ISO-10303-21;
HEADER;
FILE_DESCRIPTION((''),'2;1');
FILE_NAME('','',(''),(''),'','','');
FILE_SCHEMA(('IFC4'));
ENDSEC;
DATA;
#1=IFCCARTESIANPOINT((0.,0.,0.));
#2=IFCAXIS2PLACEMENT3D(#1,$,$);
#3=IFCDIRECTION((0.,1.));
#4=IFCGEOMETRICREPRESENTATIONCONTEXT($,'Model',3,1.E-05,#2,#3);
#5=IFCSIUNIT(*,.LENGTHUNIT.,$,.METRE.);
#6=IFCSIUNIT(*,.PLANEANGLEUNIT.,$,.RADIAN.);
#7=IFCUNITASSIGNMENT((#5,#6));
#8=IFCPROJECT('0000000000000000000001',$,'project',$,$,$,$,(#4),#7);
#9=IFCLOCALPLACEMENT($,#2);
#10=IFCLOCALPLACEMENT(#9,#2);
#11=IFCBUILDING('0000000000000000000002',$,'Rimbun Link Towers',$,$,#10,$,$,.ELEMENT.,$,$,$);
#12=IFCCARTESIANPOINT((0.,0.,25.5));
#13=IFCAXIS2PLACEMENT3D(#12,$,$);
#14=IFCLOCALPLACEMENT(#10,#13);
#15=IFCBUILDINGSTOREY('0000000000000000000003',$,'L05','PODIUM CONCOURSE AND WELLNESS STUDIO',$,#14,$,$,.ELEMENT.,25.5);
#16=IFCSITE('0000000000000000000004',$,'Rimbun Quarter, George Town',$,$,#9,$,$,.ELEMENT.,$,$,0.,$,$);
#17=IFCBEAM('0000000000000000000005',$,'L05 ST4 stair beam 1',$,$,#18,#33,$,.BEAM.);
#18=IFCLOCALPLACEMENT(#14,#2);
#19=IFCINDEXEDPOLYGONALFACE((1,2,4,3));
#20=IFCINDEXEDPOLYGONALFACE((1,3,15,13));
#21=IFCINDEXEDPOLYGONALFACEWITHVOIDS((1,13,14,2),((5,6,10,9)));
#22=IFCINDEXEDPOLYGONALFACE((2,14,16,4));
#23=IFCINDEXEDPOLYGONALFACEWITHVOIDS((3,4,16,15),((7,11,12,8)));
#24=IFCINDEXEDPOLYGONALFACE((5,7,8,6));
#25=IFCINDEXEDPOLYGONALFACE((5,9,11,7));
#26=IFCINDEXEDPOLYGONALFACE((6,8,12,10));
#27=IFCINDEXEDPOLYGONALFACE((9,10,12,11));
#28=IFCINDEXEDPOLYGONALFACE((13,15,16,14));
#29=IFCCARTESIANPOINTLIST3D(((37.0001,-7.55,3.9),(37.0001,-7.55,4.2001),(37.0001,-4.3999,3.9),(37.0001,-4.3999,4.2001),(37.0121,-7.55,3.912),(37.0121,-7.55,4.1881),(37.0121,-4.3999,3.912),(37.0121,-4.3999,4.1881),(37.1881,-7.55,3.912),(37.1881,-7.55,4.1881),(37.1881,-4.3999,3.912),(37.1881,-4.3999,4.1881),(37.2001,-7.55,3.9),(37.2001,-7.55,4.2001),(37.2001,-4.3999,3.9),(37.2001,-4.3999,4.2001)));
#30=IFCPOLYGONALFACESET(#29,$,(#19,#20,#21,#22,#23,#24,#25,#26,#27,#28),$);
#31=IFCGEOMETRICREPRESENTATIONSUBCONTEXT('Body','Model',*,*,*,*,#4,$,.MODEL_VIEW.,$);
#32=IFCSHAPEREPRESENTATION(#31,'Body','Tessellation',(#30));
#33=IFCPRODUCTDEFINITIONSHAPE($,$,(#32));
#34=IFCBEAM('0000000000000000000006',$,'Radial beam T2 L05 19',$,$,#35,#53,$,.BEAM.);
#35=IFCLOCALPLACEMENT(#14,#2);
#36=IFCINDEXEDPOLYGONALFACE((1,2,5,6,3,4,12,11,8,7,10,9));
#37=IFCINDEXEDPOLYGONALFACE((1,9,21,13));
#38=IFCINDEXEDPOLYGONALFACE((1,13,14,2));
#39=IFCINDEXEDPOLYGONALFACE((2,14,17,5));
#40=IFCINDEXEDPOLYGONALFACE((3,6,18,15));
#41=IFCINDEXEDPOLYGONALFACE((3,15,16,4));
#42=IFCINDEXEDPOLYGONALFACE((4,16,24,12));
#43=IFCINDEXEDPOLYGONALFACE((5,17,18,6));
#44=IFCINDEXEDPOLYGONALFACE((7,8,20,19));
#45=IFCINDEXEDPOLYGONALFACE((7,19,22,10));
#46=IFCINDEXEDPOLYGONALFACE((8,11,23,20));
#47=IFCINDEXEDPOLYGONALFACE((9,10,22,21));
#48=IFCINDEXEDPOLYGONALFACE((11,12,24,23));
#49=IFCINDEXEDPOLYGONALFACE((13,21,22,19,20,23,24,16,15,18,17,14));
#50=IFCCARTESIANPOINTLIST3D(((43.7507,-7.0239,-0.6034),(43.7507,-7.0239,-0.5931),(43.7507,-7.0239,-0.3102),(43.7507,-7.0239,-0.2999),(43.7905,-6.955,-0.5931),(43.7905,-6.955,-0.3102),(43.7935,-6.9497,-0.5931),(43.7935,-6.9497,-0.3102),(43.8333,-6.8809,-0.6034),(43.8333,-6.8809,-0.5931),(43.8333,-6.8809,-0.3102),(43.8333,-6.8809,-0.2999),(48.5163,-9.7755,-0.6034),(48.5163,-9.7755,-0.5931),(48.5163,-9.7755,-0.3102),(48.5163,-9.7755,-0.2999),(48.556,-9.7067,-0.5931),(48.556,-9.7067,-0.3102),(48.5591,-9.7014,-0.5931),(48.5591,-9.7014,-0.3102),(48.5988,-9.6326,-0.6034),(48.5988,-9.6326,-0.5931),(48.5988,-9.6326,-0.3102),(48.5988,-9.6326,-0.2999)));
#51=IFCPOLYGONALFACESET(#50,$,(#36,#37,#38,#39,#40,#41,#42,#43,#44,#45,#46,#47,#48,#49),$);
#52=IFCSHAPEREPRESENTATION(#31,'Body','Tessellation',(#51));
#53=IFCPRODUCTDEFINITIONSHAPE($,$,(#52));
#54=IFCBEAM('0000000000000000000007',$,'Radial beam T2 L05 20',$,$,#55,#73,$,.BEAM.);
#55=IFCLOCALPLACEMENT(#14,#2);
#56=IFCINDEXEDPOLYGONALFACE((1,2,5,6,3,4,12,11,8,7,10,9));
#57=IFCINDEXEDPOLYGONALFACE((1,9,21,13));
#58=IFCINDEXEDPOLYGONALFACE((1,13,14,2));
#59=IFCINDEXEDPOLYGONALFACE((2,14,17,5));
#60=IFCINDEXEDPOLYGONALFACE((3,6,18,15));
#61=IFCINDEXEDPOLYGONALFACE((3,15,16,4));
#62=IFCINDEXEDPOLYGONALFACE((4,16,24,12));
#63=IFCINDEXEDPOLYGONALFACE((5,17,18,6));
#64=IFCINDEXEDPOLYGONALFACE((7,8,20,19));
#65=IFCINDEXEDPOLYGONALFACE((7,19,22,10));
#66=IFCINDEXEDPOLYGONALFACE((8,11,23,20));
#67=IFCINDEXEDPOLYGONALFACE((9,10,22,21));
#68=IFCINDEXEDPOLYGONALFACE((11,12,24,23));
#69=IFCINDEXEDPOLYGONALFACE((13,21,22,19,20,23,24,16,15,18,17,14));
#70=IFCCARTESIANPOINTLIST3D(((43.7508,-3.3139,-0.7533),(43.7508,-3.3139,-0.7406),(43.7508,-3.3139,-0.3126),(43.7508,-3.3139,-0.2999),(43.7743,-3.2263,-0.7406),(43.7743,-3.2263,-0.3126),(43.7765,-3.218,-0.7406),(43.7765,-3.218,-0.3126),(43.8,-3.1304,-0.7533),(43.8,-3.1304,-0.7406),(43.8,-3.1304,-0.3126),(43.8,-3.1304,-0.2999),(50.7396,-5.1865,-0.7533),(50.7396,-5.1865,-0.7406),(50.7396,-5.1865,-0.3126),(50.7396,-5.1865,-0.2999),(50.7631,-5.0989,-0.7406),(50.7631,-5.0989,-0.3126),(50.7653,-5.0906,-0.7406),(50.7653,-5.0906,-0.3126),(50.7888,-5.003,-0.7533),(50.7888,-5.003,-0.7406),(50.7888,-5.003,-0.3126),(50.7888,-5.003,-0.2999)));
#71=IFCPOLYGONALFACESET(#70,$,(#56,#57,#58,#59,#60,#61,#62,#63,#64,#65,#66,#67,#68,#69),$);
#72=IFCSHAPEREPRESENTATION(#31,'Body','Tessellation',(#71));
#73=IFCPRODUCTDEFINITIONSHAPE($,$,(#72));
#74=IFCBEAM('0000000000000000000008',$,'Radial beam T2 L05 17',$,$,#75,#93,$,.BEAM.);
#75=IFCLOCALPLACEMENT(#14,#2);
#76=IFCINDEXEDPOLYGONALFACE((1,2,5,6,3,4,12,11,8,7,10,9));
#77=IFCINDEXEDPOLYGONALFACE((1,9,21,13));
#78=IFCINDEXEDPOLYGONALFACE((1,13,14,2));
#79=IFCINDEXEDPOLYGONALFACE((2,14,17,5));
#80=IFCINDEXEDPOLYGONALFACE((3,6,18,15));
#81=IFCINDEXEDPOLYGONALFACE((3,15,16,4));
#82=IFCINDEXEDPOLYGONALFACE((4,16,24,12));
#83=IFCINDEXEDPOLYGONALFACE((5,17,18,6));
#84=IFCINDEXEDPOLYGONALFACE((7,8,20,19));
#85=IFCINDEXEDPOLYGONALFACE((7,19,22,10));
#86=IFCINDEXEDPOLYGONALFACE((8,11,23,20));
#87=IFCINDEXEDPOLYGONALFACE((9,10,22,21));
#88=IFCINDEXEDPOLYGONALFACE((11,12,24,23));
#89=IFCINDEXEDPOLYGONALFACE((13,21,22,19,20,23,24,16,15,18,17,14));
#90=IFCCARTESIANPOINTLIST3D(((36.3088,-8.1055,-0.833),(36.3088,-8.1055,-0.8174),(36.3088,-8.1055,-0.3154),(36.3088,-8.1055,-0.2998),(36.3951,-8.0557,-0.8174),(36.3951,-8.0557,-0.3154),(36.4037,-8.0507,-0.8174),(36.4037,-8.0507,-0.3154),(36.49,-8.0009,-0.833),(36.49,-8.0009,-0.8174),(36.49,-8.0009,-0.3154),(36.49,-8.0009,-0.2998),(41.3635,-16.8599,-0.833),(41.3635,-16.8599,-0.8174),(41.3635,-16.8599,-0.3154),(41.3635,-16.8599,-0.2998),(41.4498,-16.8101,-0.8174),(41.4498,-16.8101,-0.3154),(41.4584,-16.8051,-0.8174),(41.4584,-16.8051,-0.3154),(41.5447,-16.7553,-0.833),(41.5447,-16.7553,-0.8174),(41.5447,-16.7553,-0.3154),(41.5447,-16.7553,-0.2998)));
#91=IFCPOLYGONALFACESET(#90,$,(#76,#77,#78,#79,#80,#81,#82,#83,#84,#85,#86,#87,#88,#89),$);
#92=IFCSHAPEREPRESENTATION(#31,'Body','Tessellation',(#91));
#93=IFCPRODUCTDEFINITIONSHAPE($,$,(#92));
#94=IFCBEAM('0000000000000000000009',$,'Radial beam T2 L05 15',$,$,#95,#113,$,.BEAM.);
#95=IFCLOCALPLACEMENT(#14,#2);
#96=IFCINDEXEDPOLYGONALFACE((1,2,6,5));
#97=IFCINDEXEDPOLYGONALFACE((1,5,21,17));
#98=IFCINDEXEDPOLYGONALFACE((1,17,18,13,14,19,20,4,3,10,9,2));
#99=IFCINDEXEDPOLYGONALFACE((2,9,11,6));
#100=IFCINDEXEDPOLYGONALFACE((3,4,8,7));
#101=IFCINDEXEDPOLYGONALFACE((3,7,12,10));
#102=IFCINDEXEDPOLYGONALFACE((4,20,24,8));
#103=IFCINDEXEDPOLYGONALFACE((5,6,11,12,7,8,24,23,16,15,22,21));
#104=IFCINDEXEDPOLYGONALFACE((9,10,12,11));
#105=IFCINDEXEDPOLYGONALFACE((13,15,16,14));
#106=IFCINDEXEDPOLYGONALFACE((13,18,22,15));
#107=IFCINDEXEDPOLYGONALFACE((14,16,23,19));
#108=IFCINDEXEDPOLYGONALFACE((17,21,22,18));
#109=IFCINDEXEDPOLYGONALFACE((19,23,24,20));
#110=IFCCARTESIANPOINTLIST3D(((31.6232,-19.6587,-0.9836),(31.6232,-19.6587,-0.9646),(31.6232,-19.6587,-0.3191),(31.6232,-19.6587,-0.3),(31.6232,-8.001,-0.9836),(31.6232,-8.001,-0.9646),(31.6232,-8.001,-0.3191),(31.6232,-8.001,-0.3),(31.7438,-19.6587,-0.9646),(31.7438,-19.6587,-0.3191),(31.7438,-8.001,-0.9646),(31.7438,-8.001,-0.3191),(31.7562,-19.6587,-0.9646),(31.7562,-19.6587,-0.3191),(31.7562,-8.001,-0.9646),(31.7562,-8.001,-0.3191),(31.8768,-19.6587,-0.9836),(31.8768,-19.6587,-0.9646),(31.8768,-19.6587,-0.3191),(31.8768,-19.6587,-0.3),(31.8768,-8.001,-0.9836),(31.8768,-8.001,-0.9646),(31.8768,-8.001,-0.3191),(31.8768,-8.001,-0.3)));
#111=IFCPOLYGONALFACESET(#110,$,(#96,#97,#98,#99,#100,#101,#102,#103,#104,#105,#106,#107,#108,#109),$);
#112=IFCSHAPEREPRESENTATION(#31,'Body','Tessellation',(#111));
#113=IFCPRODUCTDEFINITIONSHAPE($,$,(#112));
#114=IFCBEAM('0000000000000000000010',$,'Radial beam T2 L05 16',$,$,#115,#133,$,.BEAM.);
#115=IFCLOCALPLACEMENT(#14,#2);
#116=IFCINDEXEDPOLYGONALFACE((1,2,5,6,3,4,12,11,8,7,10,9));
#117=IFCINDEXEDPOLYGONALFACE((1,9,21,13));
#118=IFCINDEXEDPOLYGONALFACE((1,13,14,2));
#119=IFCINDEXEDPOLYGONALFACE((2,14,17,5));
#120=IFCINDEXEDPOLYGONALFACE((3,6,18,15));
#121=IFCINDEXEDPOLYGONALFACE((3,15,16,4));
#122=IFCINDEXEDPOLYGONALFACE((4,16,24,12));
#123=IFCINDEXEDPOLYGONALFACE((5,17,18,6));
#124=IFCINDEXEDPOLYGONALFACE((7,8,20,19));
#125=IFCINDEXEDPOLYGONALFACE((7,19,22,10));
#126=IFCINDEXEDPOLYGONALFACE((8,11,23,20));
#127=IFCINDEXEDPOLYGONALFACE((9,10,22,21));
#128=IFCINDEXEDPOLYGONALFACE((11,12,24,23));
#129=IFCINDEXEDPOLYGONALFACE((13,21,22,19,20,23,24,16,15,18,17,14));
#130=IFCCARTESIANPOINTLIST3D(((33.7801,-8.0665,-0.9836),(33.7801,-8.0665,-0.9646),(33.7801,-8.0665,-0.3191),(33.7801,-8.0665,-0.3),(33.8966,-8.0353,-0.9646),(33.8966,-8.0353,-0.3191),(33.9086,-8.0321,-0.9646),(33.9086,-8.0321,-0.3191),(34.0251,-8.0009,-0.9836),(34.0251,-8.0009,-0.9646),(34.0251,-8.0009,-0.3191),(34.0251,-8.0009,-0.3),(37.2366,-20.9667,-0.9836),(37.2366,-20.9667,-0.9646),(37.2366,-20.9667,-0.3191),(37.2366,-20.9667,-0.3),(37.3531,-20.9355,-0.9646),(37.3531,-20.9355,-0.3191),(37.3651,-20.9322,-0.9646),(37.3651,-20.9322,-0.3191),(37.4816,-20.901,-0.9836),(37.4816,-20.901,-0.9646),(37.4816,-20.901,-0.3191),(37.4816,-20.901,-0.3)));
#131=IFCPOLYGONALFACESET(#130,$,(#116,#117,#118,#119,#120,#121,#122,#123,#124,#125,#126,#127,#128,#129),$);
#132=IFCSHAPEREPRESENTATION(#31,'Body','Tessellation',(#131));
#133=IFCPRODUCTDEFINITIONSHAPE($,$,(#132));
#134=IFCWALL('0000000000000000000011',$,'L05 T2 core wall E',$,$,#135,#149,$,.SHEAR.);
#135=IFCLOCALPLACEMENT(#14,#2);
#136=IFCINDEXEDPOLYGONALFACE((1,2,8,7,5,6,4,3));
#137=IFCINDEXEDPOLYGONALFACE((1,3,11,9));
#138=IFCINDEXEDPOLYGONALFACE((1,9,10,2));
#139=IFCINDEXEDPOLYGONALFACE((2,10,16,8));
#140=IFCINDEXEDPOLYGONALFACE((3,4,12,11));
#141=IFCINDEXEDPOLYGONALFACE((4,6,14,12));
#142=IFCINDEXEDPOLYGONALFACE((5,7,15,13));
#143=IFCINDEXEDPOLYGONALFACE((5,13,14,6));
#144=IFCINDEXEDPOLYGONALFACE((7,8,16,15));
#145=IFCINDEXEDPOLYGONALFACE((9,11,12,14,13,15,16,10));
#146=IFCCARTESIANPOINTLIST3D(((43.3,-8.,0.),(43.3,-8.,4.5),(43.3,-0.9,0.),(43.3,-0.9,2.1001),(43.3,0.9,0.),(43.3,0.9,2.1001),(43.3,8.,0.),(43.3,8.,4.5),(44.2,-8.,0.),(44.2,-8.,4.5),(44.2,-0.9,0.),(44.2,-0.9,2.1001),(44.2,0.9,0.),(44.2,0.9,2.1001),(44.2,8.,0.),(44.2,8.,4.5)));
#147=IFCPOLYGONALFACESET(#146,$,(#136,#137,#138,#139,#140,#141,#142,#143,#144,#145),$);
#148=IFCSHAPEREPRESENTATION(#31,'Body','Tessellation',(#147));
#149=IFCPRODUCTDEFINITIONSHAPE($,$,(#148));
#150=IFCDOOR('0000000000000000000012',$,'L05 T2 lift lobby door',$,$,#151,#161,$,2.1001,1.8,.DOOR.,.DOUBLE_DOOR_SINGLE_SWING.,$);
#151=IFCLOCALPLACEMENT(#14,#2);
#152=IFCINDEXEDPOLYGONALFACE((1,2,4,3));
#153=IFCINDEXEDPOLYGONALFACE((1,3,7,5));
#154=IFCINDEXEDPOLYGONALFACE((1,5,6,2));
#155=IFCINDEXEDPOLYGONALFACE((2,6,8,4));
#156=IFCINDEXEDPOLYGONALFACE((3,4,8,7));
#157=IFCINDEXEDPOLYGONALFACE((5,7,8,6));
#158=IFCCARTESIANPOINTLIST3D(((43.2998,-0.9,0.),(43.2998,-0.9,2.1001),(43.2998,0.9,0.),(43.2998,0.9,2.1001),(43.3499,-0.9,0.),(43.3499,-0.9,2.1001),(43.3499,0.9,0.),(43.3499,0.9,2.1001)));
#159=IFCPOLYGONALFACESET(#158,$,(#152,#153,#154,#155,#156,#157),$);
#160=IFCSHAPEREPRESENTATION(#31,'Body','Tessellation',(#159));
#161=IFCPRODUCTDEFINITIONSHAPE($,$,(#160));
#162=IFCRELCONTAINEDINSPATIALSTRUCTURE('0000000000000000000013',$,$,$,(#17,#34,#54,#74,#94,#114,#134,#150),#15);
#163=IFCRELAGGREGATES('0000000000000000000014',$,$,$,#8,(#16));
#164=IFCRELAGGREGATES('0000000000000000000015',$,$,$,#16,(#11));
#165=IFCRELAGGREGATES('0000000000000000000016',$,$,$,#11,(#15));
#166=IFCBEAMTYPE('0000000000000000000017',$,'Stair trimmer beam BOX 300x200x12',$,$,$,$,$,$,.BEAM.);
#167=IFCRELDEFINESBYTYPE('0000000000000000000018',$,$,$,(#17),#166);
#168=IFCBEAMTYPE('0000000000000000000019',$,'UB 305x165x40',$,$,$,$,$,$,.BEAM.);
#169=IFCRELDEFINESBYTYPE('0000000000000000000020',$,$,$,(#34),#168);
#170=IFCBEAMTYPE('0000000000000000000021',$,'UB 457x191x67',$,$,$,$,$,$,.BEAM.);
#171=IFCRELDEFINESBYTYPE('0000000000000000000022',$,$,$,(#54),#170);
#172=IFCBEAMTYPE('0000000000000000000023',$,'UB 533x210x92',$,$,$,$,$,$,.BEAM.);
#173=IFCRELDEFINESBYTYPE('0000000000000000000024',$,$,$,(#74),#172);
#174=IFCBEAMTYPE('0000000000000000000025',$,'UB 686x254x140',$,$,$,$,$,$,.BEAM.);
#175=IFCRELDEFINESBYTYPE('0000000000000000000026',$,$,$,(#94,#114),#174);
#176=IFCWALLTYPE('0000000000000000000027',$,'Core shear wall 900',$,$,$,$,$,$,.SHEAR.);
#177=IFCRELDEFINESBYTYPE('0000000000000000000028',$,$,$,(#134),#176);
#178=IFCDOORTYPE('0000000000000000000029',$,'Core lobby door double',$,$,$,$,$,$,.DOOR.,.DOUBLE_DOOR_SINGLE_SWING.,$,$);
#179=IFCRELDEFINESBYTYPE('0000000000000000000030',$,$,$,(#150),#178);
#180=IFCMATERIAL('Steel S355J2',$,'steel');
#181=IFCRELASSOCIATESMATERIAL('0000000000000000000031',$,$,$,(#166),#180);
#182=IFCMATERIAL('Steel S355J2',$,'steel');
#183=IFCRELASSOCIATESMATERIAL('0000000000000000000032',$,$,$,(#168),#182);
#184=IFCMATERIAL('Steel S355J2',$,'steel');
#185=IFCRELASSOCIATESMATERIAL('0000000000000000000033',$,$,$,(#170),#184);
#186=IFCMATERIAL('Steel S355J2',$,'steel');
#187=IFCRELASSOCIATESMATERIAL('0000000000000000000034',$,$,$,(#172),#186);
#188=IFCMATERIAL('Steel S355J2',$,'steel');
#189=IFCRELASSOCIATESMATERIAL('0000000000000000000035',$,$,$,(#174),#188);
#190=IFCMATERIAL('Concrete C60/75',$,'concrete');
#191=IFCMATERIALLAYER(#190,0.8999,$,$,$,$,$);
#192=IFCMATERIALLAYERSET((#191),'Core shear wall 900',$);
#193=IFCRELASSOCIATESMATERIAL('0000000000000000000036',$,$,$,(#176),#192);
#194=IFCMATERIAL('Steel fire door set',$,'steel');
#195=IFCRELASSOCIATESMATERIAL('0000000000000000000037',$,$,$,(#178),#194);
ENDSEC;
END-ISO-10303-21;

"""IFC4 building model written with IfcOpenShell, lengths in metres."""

from ifc_helpers import new_model, si_unit, direction, frame, frame_2d, origin, origin_2d, place, context, subcontext, project, spatial, rectangle, hollow_rectangle, i_section, extrude, material, layer, layer_set, material_profile, profile_set, type_object, element, fill, save


model = new_model("IFC4")

# Units and contexts
model_context = context("Model", 3, precision=1e-05, world=origin(), true_north=direction((0.0, 1.0)))
body_context = subcontext(model_context, "Body", "Model", "MODEL_VIEW")
ifc_project = project(units=[si_unit("LENGTHUNIT", "METRE"), si_unit("PLANEANGLEUNIT", "RADIAN")], contexts=[model_context])

# Site, building, storey
site_placement = place(None, origin())
site = spatial("IfcSite", under=ifc_project, at=site_placement, Name="Rimbun Quarter, George Town", CompositionType="ELEMENT", RefElevation=0.0)
building_placement = place(site_placement, origin())
building = spatial("IfcBuilding", under=site, at=building_placement, Name="Rimbun Link Towers", CompositionType="ELEMENT")
storey_placement = place(building_placement, frame((0.0, 0.0, 25.5)))
storey = spatial("IfcBuildingStorey", under=building, at=storey_placement, Name="L05", Description="PODIUM CONCOURSE AND WELLNESS STUDIO", CompositionType="ELEMENT", Elevation=25.5)

# Beams
ifc_material_1 = material(Name="Steel S355J2", Category="steel")
ifc_material_profile_1 = material_profile(ifc_material_1, hollow_rectangle(XDim=0.2, YDim=0.3, WallThickness=0.012, at=origin_2d()), Name="BOX 300x200x12")
ifc_profile_set_1 = profile_set([ifc_material_profile_1], Name="Steel S355J2")
beam_type_1 = type_object("IfcBeamType", Name="Stair trimmer beam BOX 300x200x12", PredefinedType="BEAM", material=ifc_profile_set_1)
beam_1_placement = place(storey_placement, frame((37.1001, -7.55, 4.05), z_axis=(0.0, 1.0, 0.0), x_axis=(-1.0, 0.0, 0.0)))
element("IfcBeam", 1, at=beam_1_placement, inside=storey, type_object=beam_type_1, Name="L05 ST4 stair beam 1", PredefinedType="BEAM", context=body_context, shape_type="SweptSolid", body=[
    extrude(hollow_rectangle(XDim=0.2, YDim=0.3, WallThickness=0.012, at=origin_2d()), origin(), (0.0, 0.0, 1.0), 3.1501),
])
ifc_material_2 = material(Name="Steel S355J2", Category="steel")
ifc_material_profile_2 = material_profile(ifc_material_2, i_section(OverallWidth=0.165, OverallDepth=0.3035, WebThickness=0.0061, FlangeThickness=0.0103, at=origin_2d()), Name="UB 305x165x40")
ifc_profile_set_2 = profile_set([ifc_material_profile_2], Name="Steel S355J2")
beam_type_2 = type_object("IfcBeamType", Name="UB 305x165x40", PredefinedType="BEAM", material=ifc_profile_set_2)
beam_2_placement = place(storey_placement, frame((43.792, -6.9524, -0.4517), z_axis=(0.866004, -0.500037, 0.0), x_axis=(0.500037, 0.866004, 0.0)))
element("IfcBeam", 2, at=beam_2_placement, inside=storey, type_object=beam_type_2, Name="Radial beam T2 L05 19", PredefinedType="BEAM", context=body_context, shape_type="SweptSolid", body=[
    extrude(i_section(OverallWidth=0.165, OverallDepth=0.3035, WebThickness=0.0061, FlangeThickness=0.0103, at=origin_2d()), origin(), (0.0, 0.0, 1.0), 5.5029),
])
ifc_material_3 = material(Name="Steel S355J2", Category="steel")
ifc_material_profile_3 = material_profile(ifc_material_3, i_section(OverallWidth=0.1899, OverallDepth=0.4534, WebThickness=0.0085, FlangeThickness=0.0127, at=origin_2d()), Name="UB 457x191x67")
ifc_profile_set_3 = profile_set([ifc_material_profile_3], Name="Steel S355J2")
beam_type_3 = type_object("IfcBeamType", Name="UB 457x191x67", PredefinedType="BEAM", material=ifc_profile_set_3)
beam_3_placement = place(storey_placement, frame((43.7754, -3.2222, -0.5266), z_axis=(0.965928, -0.258809, 0.0), x_axis=(0.258809, 0.965928, 0.0)))
element("IfcBeam", 3, at=beam_3_placement, inside=storey, type_object=beam_type_3, Name="Radial beam T2 L05 20", PredefinedType="BEAM", context=body_context, shape_type="SweptSolid", body=[
    extrude(i_section(OverallWidth=0.1899, OverallDepth=0.4534, WebThickness=0.0085, FlangeThickness=0.0127, at=origin_2d()), origin(), (0.0, 0.0, 1.0), 7.2354),
])
ifc_material_4 = material(Name="Steel S355J2", Category="steel")
ifc_material_profile_4 = material_profile(ifc_material_4, i_section(OverallWidth=0.2092, OverallDepth=0.5332, WebThickness=0.01, FlangeThickness=0.0156, at=origin_2d()), Name="UB 533x210x92")
ifc_profile_set_4 = profile_set([ifc_material_profile_4], Name="Steel S355J2")
beam_type_4 = type_object("IfcBeamType", Name="UB 533x210x92", PredefinedType="BEAM", material=ifc_profile_set_4)
beam_4_placement = place(storey_placement, frame((36.3994, -8.0532, -0.5664), z_axis=(0.500025, -0.866011, 0.0), x_axis=(0.866011, 0.500025, 0.0)))
element("IfcBeam", 4, at=beam_4_placement, inside=storey, type_object=beam_type_4, Name="Radial beam T2 L05 17", PredefinedType="BEAM", context=body_context, shape_type="SweptSolid", body=[
    extrude(i_section(OverallWidth=0.2092, OverallDepth=0.5332, WebThickness=0.01, FlangeThickness=0.0156, at=origin_2d()), origin(), (0.0, 0.0, 1.0), 10.1089),
])
ifc_material_5 = material(Name="Steel S355J2", Category="steel")
ifc_material_profile_5 = material_profile(ifc_material_5, i_section(OverallWidth=0.2537, OverallDepth=0.6836, WebThickness=0.0125, FlangeThickness=0.019, at=origin_2d()), Name="UB 686x254x140")
ifc_profile_set_5 = profile_set([ifc_material_profile_5], Name="Steel S355J2")
beam_type_5 = type_object("IfcBeamType", Name="UB 686x254x140", PredefinedType="BEAM", material=ifc_profile_set_5)
beam_5_placement = place(storey_placement, frame((31.75, -8.001, -0.6418), z_axis=(0.0, -1.0, 0.0), x_axis=(1.0, 0.0, 0.0)))
element("IfcBeam", 5, at=beam_5_placement, inside=storey, type_object=beam_type_5, Name="Radial beam T2 L05 15", PredefinedType="BEAM", context=body_context, shape_type="SweptSolid", body=[
    extrude(i_section(OverallWidth=0.2537, OverallDepth=0.6836, WebThickness=0.0125, FlangeThickness=0.019, at=origin_2d()), origin(), (0.0, 0.0, 1.0), 11.6577),
])
beam_6_placement = place(storey_placement, frame((33.9026, -8.0337, -0.6418), z_axis=(0.258816, -0.965927, 0.0), x_axis=(0.965927, 0.258816, 0.0)))
element("IfcBeam", 6, at=beam_6_placement, inside=storey, type_object=beam_type_5, Name="Radial beam T2 L05 16", PredefinedType="BEAM", context=body_context, shape_type="SweptSolid", body=[
    extrude(i_section(OverallWidth=0.2537, OverallDepth=0.6836, WebThickness=0.0125, FlangeThickness=0.019, at=origin_2d()), origin(), (0.0, 0.0, 1.0), 13.3552),
])

# Wall, opening, door
ifc_material_6 = material(Name="Concrete C60/75", Category="concrete")
ifc_layer_1 = layer(ifc_material_6, 0.8999)
ifc_layer_set_1 = layer_set([ifc_layer_1], Name="Core shear wall 900")
wall_type_1 = type_object("IfcWallType", Name="Core shear wall 900", PredefinedType="SHEAR", material=ifc_layer_set_1)
wall_1_placement = place(storey_placement, frame((43.75, -8.0, 0.0), z_axis=(0.0, 0.0, 1.0), x_axis=(0.0, 1.0, 0.0)))
wall_1 = element("IfcWall", 7, at=wall_1_placement, inside=storey, type_object=wall_type_1, Name="L05 T2 core wall E", PredefinedType="SHEAR", context=body_context, shape_type="SweptSolid", body=[
    extrude(rectangle(XDim=16.0, YDim=0.8999, at=frame_2d((8.0, 0.0))), origin(), (0.0, 0.0, 1.0), 4.5),
])
opening_1_placement = place(wall_1_placement, frame((7.1001, 0.0, 0.0)))
opening_1 = element("IfcOpeningElement", 8, at=opening_1_placement, cuts=wall_1, PredefinedType="OPENING", context=body_context, shape_type="SweptSolid", body=[
    extrude(rectangle(XDim=1.8, YDim=2.1001, at=frame_2d((0.8999, 1.05))), frame((0.0, 0.46, 0.0), z_axis=(0.0, -1.0, 0.0), x_axis=(1.0, 0.0, 0.0)), (0.0, 0.0, 1.0), 0.9199),
])
ifc_material_7 = material(Name="Steel fire door set", Category="steel")
door_type_1 = type_object("IfcDoorType", Name="Core lobby door double", OperationType="DOUBLE_DOOR_SINGLE_SWING", PredefinedType="DOOR", material=ifc_material_7)
door_1_placement = place(opening_1_placement, origin())
door_1 = element("IfcDoor", 9, at=door_1_placement, inside=storey, type_object=door_type_1, Name="L05 T2 lift lobby door", OperationType="DOUBLE_DOOR_SINGLE_SWING", OverallHeight=2.1001, OverallWidth=1.8, PredefinedType="DOOR", context=body_context, shape_type="SweptSolid", body=[
    extrude(rectangle(XDim=1.8, YDim=2.1001, at=frame_2d((0.8999, 1.05))), frame((0.0, 0.4502, 0.0), z_axis=(0.0, -1.0, 0.0), x_axis=(1.0, 0.0, 0.0)), (0.0, 0.0, 1.0), 0.05),
])
fill(opening_1, door_1)

save(model, "model.ifc")
